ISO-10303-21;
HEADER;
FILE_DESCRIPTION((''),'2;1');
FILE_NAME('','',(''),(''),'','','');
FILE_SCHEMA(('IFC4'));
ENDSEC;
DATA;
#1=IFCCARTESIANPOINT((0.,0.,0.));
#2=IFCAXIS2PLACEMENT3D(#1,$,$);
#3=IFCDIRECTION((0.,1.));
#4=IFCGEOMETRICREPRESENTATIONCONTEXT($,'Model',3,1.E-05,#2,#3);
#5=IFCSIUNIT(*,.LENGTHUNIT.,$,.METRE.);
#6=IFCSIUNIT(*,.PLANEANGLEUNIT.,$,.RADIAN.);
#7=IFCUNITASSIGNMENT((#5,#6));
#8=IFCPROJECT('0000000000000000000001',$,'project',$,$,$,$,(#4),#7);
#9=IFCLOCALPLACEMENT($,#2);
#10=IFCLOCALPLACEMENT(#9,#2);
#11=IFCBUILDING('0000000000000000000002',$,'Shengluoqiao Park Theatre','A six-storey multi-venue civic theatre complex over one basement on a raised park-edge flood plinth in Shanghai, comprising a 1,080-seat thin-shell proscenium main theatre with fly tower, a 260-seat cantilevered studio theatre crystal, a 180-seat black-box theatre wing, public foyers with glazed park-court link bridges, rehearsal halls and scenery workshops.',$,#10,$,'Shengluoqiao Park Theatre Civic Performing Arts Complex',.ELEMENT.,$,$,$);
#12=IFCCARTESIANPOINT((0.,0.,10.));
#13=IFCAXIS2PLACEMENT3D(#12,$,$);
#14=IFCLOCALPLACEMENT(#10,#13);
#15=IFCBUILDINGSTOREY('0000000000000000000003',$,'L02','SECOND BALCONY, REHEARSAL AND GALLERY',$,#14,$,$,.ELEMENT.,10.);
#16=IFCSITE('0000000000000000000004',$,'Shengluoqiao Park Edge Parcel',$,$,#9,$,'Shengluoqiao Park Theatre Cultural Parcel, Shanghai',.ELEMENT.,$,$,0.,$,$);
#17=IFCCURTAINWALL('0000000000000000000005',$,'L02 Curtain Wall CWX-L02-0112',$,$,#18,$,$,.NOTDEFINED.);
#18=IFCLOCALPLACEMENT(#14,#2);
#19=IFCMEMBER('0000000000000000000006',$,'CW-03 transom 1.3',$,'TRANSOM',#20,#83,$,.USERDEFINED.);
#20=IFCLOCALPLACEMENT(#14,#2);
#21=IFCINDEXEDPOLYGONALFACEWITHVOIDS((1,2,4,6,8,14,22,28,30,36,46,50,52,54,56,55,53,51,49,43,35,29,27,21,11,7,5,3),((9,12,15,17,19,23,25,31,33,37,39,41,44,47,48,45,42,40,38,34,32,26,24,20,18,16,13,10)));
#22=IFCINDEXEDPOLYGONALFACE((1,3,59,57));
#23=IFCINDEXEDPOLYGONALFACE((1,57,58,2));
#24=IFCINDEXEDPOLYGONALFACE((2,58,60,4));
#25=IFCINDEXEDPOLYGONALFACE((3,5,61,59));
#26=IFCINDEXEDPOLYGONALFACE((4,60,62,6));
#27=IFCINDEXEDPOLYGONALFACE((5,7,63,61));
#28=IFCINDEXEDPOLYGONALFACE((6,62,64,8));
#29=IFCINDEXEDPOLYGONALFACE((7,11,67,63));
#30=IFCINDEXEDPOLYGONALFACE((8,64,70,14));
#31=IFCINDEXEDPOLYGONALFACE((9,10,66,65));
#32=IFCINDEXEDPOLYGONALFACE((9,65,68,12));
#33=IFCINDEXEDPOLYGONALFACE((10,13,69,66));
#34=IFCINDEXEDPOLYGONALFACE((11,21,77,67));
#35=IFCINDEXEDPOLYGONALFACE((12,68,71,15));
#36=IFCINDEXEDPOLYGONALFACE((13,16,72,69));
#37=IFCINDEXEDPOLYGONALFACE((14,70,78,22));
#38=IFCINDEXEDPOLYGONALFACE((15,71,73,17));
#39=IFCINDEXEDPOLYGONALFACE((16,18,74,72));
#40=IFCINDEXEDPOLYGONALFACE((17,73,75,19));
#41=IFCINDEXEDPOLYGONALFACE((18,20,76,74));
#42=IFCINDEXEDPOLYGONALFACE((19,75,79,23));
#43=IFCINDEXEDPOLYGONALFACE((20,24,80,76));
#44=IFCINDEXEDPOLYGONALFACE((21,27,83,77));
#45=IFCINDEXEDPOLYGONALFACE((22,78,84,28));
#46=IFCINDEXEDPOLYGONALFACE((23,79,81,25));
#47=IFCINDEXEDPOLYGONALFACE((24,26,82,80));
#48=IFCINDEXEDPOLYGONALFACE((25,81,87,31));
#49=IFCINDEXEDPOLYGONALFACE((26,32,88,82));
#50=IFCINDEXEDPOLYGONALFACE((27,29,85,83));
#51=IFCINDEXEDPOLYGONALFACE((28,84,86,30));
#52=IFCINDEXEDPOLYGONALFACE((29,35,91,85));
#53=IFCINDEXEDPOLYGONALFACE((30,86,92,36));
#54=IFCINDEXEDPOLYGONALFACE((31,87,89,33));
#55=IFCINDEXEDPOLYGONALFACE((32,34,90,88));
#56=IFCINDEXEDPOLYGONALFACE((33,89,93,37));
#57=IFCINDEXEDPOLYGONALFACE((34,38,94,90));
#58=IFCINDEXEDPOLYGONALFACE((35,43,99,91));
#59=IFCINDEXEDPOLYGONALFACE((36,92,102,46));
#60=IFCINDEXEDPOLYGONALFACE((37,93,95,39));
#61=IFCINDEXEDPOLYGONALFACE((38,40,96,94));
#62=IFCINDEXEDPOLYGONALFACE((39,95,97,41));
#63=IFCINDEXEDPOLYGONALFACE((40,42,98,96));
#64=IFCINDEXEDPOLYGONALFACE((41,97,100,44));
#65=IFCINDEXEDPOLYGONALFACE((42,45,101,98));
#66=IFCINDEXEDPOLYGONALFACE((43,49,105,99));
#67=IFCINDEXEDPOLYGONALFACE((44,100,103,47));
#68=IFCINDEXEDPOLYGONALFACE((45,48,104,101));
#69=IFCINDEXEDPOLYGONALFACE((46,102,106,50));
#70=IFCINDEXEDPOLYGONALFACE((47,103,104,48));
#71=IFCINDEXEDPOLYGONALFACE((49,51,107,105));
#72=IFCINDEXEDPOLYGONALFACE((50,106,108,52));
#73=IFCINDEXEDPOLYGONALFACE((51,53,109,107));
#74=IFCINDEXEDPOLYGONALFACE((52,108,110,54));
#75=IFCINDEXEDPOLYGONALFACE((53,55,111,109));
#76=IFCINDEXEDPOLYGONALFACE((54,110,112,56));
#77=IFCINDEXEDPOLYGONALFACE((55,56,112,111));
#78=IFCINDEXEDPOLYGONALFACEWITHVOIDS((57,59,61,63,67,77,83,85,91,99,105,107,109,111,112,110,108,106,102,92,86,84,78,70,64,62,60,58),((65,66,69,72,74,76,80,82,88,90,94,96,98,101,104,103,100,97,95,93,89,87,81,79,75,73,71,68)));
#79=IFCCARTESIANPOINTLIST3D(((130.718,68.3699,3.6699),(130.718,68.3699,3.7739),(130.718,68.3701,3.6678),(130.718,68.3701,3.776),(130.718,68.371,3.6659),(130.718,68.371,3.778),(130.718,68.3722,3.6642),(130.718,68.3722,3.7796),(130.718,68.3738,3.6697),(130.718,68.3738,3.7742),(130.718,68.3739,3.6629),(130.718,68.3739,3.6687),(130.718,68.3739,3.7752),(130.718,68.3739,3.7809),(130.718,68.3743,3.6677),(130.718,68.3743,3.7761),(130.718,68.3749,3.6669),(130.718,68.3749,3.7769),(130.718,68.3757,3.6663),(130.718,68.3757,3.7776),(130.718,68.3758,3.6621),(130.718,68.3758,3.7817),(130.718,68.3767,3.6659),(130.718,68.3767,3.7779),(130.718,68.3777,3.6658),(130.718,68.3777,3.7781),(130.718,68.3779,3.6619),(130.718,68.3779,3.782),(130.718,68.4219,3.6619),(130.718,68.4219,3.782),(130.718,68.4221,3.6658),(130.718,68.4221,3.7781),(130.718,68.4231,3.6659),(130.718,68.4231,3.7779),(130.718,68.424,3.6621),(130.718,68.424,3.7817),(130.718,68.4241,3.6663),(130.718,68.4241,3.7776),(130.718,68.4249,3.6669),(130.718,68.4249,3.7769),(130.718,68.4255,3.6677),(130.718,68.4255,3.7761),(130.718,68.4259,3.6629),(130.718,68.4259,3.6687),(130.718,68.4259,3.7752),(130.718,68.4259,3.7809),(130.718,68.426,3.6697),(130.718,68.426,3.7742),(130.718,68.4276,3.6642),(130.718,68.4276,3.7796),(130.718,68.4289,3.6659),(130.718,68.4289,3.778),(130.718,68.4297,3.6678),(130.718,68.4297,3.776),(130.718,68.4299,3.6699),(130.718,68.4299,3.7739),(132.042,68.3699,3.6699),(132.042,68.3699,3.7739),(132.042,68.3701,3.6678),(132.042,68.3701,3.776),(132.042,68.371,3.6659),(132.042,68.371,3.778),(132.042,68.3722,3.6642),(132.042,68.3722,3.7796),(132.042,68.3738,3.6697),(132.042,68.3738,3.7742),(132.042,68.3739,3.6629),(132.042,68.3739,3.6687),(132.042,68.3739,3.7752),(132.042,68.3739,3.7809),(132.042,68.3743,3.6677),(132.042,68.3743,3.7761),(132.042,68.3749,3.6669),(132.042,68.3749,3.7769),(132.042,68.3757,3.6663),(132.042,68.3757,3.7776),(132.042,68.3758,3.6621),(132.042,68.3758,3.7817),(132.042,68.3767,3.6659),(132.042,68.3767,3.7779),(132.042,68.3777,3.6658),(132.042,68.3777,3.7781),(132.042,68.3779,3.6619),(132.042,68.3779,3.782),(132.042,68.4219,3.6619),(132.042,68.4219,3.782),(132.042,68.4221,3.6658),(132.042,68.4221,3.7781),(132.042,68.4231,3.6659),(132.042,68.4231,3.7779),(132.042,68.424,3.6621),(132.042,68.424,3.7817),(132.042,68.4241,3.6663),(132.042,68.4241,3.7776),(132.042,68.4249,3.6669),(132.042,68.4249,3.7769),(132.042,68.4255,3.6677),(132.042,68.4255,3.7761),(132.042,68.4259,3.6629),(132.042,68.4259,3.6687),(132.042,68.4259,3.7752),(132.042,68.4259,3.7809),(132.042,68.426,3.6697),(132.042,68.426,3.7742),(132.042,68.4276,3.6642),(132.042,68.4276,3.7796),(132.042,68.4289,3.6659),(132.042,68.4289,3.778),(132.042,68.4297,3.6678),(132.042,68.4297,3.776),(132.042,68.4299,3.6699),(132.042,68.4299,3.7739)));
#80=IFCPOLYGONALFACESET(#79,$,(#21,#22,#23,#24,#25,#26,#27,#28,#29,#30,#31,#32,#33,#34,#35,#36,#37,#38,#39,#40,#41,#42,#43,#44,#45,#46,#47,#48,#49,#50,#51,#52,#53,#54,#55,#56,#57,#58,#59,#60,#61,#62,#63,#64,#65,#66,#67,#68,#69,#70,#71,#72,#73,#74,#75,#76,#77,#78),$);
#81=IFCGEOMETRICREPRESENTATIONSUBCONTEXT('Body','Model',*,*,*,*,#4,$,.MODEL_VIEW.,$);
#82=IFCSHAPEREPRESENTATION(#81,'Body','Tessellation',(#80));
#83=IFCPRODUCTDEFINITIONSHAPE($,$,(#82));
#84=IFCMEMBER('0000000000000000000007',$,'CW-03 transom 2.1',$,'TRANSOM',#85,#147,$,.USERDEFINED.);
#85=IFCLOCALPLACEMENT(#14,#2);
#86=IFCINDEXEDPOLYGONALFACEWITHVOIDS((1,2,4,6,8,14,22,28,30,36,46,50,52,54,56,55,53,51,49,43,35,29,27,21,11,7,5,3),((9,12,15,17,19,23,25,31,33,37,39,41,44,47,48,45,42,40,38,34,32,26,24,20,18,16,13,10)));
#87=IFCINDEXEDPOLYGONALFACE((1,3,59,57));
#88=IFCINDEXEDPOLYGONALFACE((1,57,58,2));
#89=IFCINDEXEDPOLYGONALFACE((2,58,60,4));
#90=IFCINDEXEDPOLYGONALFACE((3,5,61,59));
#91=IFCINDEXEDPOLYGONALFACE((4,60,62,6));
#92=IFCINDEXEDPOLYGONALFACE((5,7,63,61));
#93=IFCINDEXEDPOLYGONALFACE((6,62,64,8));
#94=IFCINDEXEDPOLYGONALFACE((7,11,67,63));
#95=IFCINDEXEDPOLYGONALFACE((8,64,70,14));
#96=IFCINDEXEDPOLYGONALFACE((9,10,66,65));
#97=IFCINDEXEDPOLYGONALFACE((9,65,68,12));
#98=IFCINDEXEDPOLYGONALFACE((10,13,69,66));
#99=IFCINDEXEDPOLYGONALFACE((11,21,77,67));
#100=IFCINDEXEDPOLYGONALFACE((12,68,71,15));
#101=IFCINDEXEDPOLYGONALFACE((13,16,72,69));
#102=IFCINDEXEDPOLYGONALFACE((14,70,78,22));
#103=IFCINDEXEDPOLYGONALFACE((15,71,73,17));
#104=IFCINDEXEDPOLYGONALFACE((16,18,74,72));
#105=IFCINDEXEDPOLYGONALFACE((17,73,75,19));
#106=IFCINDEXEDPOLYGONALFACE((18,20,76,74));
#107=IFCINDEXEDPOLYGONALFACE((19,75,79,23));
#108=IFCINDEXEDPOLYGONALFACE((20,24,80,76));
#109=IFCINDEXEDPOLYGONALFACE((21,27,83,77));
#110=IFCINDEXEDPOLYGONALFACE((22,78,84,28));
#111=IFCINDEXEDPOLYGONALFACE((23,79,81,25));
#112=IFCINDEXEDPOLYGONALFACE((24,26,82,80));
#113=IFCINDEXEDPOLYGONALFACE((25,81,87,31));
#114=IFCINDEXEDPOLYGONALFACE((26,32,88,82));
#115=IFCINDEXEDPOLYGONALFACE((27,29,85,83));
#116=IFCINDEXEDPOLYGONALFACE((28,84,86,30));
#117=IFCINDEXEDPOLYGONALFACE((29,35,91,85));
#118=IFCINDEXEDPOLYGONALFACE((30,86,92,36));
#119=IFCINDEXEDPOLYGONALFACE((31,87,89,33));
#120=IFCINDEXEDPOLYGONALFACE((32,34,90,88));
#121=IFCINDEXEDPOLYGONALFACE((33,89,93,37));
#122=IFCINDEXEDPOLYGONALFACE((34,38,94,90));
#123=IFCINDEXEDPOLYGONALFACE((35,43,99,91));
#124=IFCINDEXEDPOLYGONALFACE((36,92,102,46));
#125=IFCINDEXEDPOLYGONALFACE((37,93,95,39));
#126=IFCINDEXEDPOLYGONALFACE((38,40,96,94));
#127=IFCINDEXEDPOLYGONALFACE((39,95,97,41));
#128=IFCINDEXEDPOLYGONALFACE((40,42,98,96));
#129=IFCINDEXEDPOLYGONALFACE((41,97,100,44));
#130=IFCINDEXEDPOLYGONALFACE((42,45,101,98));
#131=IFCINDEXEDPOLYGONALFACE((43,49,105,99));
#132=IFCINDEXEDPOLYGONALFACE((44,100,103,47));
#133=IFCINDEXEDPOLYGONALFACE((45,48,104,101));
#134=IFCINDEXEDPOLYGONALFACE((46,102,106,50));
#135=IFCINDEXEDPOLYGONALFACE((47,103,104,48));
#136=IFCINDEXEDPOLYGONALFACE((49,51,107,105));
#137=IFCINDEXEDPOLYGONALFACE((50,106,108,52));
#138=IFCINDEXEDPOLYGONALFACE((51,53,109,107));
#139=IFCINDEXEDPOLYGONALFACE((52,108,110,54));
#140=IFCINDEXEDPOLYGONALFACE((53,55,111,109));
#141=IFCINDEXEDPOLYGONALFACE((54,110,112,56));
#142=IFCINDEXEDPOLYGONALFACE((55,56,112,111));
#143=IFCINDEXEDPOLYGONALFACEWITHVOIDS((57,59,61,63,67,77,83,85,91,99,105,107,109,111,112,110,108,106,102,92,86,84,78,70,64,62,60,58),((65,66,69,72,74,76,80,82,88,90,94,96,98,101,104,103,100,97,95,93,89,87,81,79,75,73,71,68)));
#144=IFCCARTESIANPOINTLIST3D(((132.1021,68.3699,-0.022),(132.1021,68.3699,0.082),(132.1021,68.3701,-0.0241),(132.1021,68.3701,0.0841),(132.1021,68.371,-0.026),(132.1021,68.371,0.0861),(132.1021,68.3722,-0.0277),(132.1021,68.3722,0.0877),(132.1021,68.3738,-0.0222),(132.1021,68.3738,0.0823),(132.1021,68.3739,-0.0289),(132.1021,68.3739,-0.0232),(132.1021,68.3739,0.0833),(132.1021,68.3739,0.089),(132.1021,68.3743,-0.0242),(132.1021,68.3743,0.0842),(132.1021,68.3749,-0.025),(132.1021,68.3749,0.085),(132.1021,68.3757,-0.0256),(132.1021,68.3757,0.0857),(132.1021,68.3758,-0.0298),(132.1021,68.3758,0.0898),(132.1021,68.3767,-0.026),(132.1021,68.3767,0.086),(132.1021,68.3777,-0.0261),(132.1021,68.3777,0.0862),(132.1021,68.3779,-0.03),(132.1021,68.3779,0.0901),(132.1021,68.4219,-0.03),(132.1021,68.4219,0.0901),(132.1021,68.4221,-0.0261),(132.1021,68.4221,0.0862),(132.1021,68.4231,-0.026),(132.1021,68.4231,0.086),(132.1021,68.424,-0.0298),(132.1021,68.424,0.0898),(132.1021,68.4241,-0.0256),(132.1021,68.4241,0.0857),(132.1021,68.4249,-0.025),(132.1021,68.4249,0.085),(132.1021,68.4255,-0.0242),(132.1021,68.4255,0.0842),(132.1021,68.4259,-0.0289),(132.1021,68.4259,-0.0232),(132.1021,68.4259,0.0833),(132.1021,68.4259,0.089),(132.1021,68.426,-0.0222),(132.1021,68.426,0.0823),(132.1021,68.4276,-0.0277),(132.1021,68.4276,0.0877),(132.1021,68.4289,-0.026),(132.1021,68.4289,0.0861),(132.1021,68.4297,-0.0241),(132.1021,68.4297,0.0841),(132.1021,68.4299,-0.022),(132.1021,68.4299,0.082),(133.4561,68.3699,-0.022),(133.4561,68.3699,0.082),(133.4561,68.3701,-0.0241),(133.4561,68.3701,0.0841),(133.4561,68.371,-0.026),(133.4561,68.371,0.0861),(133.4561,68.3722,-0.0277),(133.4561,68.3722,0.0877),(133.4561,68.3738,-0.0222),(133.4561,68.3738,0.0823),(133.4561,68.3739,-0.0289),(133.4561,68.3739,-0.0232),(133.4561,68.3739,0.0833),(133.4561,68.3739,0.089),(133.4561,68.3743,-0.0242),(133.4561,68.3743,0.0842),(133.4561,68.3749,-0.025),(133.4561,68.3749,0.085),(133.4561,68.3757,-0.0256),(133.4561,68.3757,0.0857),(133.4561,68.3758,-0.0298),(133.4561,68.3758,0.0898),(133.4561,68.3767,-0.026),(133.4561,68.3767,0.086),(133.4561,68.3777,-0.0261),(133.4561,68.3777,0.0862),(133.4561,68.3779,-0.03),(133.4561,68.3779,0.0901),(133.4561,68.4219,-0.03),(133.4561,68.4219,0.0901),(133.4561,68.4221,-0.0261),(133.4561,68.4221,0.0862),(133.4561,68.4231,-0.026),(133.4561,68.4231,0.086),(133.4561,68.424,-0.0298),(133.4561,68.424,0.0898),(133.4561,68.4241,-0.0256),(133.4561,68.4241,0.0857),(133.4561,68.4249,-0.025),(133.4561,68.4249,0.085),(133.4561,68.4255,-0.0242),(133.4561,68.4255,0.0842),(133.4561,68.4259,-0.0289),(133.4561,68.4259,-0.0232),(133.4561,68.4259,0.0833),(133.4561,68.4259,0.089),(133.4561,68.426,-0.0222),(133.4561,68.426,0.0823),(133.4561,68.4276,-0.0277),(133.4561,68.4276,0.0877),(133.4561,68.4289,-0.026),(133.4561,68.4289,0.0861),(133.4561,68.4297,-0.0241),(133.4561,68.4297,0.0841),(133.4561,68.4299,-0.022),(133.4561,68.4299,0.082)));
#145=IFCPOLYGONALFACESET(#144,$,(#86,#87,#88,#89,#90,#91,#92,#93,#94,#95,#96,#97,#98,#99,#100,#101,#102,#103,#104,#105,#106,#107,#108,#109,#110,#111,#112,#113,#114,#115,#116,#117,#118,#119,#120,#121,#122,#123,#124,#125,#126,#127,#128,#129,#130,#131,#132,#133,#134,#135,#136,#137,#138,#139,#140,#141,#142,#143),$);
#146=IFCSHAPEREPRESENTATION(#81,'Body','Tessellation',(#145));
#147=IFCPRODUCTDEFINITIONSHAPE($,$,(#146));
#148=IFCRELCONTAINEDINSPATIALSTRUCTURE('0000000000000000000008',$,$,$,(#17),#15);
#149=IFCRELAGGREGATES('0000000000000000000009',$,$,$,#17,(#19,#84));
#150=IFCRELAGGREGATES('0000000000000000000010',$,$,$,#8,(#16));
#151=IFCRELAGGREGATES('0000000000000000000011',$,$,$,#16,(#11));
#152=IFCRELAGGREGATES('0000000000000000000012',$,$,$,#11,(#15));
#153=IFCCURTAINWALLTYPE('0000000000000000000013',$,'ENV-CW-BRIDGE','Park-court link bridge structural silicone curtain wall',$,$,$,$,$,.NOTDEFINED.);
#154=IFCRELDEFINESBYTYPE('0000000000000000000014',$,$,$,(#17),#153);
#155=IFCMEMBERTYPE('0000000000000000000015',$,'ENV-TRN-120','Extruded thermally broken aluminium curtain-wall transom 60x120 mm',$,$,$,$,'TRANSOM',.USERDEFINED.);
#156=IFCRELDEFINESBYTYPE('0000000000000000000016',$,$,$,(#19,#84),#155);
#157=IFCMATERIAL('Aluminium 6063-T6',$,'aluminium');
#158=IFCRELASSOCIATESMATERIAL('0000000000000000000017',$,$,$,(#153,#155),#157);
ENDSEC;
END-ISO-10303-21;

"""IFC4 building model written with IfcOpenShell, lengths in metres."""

from ifc_helpers import new_model, si_unit, direction, frame, origin, origin_2d, place, context, subcontext, project, spatial, hollow_rectangle, extrude, material, material_profile, profile_set, type_object, element, aggregate, save


model = new_model("IFC4")

# Units and contexts
model_context = context("Model", 3, precision=1e-05, world=origin(), true_north=direction((0.0, 1.0)))
body_context = subcontext(model_context, "Body", "Model", "MODEL_VIEW")
ifc_project = project(units=[si_unit("LENGTHUNIT", "METRE"), si_unit("PLANEANGLEUNIT", "RADIAN")], contexts=[model_context])

# Site, building, storey
site_placement = place(None, origin())
site = spatial("IfcSite", under=ifc_project, at=site_placement, Name="Shengluoqiao Park Edge Parcel", LongName="Shengluoqiao Park Theatre Cultural Parcel, Shanghai", CompositionType="ELEMENT", RefElevation=0.0)
building_placement = place(site_placement, origin())
building = spatial("IfcBuilding", under=site, at=building_placement, Name="Shengluoqiao Park Theatre", Description="A six-storey multi-venue civic theatre complex over one basement on a raised park-edge flood plinth in Shanghai, comprising a 1,080-seat thin-shell proscenium main theatre with fly tower, a 260-seat cantilevered studio theatre crystal, a 180-seat black-box theatre wing, public foyers with glazed park-court link bridges, rehearsal halls and scenery workshops.", LongName="Shengluoqiao Park Theatre Civic Performing Arts Complex", CompositionType="ELEMENT")
storey_placement = place(building_placement, frame((0.0, 0.0, 10.0)))
storey = spatial("IfcBuildingStorey", under=building, at=storey_placement, Name="L02", Description="SECOND BALCONY, REHEARSAL AND GALLERY", CompositionType="ELEMENT", Elevation=10.0)

# Curtain wall
ifc_material_1 = material(Name="Aluminium 6063-T6", Category="aluminium")
curtain_wall_type = type_object("IfcCurtainWallType", Name="ENV-CW-BRIDGE", Description="Park-court link bridge structural silicone curtain wall", PredefinedType="NOTDEFINED", material=ifc_material_1)
curtain_wall_1_placement = place(storey_placement, origin())
curtain_wall_1 = element("IfcCurtainWall", 1, at=curtain_wall_1_placement, inside=storey, type_object=curtain_wall_type, Name="L02 Curtain Wall CWX-L02-0112", PredefinedType="NOTDEFINED")

# Members
ifc_material_profile_1 = material_profile(ifc_material_1, hollow_rectangle(XDim=0.0601, YDim=0.1201, WallThickness=0.0039, InnerFilletRadius=0.0039, OuterFilletRadius=0.0081, at=origin_2d()), Name="ALU TRANSOM 120x60x4")
ifc_profile_set_1 = profile_set([ifc_material_profile_1], Name="Aluminium 6063-T6")
member_type_1 = type_object("IfcMemberType", Name="ENV-TRN-120", Description="Extruded thermally broken aluminium curtain-wall transom 60x120 mm", ElementType="TRANSOM", PredefinedType="USERDEFINED", material=ifc_profile_set_1)
member_1_placement = place(storey_placement, frame((130.718, 68.3999, 3.7219), z_axis=(1.0, 0.0, 0.0), x_axis=(0.0, 1.0, 0.0)))
member_1 = element("IfcMember", 2, at=member_1_placement, type_object=member_type_1, Name="CW-03 transom 1.3", ObjectType="TRANSOM", PredefinedType="USERDEFINED", context=body_context, shape_type="SweptSolid", body=[
    extrude(hollow_rectangle(XDim=0.0601, YDim=0.1201, WallThickness=0.0039, InnerFilletRadius=0.0039, OuterFilletRadius=0.0081, at=origin_2d()), origin(), (0.0, 0.0, 1.0), 1.324),
])
member_2_placement = place(storey_placement, frame((132.1021, 68.3999, 0.03), z_axis=(1.0, 0.0, 0.0), x_axis=(0.0, 1.0, 0.0)))
member_2 = element("IfcMember", 3, at=member_2_placement, type_object=member_type_1, Name="CW-03 transom 2.1", ObjectType="TRANSOM", PredefinedType="USERDEFINED", context=body_context, shape_type="SweptSolid", body=[
    extrude(hollow_rectangle(XDim=0.0601, YDim=0.1201, WallThickness=0.0039, InnerFilletRadius=0.0039, OuterFilletRadius=0.0081, at=origin_2d()), origin(), (0.0, 0.0, 1.0), 1.354),
])

aggregate(curtain_wall_1, [member_1, member_2])

save(model, "model.ifc")
